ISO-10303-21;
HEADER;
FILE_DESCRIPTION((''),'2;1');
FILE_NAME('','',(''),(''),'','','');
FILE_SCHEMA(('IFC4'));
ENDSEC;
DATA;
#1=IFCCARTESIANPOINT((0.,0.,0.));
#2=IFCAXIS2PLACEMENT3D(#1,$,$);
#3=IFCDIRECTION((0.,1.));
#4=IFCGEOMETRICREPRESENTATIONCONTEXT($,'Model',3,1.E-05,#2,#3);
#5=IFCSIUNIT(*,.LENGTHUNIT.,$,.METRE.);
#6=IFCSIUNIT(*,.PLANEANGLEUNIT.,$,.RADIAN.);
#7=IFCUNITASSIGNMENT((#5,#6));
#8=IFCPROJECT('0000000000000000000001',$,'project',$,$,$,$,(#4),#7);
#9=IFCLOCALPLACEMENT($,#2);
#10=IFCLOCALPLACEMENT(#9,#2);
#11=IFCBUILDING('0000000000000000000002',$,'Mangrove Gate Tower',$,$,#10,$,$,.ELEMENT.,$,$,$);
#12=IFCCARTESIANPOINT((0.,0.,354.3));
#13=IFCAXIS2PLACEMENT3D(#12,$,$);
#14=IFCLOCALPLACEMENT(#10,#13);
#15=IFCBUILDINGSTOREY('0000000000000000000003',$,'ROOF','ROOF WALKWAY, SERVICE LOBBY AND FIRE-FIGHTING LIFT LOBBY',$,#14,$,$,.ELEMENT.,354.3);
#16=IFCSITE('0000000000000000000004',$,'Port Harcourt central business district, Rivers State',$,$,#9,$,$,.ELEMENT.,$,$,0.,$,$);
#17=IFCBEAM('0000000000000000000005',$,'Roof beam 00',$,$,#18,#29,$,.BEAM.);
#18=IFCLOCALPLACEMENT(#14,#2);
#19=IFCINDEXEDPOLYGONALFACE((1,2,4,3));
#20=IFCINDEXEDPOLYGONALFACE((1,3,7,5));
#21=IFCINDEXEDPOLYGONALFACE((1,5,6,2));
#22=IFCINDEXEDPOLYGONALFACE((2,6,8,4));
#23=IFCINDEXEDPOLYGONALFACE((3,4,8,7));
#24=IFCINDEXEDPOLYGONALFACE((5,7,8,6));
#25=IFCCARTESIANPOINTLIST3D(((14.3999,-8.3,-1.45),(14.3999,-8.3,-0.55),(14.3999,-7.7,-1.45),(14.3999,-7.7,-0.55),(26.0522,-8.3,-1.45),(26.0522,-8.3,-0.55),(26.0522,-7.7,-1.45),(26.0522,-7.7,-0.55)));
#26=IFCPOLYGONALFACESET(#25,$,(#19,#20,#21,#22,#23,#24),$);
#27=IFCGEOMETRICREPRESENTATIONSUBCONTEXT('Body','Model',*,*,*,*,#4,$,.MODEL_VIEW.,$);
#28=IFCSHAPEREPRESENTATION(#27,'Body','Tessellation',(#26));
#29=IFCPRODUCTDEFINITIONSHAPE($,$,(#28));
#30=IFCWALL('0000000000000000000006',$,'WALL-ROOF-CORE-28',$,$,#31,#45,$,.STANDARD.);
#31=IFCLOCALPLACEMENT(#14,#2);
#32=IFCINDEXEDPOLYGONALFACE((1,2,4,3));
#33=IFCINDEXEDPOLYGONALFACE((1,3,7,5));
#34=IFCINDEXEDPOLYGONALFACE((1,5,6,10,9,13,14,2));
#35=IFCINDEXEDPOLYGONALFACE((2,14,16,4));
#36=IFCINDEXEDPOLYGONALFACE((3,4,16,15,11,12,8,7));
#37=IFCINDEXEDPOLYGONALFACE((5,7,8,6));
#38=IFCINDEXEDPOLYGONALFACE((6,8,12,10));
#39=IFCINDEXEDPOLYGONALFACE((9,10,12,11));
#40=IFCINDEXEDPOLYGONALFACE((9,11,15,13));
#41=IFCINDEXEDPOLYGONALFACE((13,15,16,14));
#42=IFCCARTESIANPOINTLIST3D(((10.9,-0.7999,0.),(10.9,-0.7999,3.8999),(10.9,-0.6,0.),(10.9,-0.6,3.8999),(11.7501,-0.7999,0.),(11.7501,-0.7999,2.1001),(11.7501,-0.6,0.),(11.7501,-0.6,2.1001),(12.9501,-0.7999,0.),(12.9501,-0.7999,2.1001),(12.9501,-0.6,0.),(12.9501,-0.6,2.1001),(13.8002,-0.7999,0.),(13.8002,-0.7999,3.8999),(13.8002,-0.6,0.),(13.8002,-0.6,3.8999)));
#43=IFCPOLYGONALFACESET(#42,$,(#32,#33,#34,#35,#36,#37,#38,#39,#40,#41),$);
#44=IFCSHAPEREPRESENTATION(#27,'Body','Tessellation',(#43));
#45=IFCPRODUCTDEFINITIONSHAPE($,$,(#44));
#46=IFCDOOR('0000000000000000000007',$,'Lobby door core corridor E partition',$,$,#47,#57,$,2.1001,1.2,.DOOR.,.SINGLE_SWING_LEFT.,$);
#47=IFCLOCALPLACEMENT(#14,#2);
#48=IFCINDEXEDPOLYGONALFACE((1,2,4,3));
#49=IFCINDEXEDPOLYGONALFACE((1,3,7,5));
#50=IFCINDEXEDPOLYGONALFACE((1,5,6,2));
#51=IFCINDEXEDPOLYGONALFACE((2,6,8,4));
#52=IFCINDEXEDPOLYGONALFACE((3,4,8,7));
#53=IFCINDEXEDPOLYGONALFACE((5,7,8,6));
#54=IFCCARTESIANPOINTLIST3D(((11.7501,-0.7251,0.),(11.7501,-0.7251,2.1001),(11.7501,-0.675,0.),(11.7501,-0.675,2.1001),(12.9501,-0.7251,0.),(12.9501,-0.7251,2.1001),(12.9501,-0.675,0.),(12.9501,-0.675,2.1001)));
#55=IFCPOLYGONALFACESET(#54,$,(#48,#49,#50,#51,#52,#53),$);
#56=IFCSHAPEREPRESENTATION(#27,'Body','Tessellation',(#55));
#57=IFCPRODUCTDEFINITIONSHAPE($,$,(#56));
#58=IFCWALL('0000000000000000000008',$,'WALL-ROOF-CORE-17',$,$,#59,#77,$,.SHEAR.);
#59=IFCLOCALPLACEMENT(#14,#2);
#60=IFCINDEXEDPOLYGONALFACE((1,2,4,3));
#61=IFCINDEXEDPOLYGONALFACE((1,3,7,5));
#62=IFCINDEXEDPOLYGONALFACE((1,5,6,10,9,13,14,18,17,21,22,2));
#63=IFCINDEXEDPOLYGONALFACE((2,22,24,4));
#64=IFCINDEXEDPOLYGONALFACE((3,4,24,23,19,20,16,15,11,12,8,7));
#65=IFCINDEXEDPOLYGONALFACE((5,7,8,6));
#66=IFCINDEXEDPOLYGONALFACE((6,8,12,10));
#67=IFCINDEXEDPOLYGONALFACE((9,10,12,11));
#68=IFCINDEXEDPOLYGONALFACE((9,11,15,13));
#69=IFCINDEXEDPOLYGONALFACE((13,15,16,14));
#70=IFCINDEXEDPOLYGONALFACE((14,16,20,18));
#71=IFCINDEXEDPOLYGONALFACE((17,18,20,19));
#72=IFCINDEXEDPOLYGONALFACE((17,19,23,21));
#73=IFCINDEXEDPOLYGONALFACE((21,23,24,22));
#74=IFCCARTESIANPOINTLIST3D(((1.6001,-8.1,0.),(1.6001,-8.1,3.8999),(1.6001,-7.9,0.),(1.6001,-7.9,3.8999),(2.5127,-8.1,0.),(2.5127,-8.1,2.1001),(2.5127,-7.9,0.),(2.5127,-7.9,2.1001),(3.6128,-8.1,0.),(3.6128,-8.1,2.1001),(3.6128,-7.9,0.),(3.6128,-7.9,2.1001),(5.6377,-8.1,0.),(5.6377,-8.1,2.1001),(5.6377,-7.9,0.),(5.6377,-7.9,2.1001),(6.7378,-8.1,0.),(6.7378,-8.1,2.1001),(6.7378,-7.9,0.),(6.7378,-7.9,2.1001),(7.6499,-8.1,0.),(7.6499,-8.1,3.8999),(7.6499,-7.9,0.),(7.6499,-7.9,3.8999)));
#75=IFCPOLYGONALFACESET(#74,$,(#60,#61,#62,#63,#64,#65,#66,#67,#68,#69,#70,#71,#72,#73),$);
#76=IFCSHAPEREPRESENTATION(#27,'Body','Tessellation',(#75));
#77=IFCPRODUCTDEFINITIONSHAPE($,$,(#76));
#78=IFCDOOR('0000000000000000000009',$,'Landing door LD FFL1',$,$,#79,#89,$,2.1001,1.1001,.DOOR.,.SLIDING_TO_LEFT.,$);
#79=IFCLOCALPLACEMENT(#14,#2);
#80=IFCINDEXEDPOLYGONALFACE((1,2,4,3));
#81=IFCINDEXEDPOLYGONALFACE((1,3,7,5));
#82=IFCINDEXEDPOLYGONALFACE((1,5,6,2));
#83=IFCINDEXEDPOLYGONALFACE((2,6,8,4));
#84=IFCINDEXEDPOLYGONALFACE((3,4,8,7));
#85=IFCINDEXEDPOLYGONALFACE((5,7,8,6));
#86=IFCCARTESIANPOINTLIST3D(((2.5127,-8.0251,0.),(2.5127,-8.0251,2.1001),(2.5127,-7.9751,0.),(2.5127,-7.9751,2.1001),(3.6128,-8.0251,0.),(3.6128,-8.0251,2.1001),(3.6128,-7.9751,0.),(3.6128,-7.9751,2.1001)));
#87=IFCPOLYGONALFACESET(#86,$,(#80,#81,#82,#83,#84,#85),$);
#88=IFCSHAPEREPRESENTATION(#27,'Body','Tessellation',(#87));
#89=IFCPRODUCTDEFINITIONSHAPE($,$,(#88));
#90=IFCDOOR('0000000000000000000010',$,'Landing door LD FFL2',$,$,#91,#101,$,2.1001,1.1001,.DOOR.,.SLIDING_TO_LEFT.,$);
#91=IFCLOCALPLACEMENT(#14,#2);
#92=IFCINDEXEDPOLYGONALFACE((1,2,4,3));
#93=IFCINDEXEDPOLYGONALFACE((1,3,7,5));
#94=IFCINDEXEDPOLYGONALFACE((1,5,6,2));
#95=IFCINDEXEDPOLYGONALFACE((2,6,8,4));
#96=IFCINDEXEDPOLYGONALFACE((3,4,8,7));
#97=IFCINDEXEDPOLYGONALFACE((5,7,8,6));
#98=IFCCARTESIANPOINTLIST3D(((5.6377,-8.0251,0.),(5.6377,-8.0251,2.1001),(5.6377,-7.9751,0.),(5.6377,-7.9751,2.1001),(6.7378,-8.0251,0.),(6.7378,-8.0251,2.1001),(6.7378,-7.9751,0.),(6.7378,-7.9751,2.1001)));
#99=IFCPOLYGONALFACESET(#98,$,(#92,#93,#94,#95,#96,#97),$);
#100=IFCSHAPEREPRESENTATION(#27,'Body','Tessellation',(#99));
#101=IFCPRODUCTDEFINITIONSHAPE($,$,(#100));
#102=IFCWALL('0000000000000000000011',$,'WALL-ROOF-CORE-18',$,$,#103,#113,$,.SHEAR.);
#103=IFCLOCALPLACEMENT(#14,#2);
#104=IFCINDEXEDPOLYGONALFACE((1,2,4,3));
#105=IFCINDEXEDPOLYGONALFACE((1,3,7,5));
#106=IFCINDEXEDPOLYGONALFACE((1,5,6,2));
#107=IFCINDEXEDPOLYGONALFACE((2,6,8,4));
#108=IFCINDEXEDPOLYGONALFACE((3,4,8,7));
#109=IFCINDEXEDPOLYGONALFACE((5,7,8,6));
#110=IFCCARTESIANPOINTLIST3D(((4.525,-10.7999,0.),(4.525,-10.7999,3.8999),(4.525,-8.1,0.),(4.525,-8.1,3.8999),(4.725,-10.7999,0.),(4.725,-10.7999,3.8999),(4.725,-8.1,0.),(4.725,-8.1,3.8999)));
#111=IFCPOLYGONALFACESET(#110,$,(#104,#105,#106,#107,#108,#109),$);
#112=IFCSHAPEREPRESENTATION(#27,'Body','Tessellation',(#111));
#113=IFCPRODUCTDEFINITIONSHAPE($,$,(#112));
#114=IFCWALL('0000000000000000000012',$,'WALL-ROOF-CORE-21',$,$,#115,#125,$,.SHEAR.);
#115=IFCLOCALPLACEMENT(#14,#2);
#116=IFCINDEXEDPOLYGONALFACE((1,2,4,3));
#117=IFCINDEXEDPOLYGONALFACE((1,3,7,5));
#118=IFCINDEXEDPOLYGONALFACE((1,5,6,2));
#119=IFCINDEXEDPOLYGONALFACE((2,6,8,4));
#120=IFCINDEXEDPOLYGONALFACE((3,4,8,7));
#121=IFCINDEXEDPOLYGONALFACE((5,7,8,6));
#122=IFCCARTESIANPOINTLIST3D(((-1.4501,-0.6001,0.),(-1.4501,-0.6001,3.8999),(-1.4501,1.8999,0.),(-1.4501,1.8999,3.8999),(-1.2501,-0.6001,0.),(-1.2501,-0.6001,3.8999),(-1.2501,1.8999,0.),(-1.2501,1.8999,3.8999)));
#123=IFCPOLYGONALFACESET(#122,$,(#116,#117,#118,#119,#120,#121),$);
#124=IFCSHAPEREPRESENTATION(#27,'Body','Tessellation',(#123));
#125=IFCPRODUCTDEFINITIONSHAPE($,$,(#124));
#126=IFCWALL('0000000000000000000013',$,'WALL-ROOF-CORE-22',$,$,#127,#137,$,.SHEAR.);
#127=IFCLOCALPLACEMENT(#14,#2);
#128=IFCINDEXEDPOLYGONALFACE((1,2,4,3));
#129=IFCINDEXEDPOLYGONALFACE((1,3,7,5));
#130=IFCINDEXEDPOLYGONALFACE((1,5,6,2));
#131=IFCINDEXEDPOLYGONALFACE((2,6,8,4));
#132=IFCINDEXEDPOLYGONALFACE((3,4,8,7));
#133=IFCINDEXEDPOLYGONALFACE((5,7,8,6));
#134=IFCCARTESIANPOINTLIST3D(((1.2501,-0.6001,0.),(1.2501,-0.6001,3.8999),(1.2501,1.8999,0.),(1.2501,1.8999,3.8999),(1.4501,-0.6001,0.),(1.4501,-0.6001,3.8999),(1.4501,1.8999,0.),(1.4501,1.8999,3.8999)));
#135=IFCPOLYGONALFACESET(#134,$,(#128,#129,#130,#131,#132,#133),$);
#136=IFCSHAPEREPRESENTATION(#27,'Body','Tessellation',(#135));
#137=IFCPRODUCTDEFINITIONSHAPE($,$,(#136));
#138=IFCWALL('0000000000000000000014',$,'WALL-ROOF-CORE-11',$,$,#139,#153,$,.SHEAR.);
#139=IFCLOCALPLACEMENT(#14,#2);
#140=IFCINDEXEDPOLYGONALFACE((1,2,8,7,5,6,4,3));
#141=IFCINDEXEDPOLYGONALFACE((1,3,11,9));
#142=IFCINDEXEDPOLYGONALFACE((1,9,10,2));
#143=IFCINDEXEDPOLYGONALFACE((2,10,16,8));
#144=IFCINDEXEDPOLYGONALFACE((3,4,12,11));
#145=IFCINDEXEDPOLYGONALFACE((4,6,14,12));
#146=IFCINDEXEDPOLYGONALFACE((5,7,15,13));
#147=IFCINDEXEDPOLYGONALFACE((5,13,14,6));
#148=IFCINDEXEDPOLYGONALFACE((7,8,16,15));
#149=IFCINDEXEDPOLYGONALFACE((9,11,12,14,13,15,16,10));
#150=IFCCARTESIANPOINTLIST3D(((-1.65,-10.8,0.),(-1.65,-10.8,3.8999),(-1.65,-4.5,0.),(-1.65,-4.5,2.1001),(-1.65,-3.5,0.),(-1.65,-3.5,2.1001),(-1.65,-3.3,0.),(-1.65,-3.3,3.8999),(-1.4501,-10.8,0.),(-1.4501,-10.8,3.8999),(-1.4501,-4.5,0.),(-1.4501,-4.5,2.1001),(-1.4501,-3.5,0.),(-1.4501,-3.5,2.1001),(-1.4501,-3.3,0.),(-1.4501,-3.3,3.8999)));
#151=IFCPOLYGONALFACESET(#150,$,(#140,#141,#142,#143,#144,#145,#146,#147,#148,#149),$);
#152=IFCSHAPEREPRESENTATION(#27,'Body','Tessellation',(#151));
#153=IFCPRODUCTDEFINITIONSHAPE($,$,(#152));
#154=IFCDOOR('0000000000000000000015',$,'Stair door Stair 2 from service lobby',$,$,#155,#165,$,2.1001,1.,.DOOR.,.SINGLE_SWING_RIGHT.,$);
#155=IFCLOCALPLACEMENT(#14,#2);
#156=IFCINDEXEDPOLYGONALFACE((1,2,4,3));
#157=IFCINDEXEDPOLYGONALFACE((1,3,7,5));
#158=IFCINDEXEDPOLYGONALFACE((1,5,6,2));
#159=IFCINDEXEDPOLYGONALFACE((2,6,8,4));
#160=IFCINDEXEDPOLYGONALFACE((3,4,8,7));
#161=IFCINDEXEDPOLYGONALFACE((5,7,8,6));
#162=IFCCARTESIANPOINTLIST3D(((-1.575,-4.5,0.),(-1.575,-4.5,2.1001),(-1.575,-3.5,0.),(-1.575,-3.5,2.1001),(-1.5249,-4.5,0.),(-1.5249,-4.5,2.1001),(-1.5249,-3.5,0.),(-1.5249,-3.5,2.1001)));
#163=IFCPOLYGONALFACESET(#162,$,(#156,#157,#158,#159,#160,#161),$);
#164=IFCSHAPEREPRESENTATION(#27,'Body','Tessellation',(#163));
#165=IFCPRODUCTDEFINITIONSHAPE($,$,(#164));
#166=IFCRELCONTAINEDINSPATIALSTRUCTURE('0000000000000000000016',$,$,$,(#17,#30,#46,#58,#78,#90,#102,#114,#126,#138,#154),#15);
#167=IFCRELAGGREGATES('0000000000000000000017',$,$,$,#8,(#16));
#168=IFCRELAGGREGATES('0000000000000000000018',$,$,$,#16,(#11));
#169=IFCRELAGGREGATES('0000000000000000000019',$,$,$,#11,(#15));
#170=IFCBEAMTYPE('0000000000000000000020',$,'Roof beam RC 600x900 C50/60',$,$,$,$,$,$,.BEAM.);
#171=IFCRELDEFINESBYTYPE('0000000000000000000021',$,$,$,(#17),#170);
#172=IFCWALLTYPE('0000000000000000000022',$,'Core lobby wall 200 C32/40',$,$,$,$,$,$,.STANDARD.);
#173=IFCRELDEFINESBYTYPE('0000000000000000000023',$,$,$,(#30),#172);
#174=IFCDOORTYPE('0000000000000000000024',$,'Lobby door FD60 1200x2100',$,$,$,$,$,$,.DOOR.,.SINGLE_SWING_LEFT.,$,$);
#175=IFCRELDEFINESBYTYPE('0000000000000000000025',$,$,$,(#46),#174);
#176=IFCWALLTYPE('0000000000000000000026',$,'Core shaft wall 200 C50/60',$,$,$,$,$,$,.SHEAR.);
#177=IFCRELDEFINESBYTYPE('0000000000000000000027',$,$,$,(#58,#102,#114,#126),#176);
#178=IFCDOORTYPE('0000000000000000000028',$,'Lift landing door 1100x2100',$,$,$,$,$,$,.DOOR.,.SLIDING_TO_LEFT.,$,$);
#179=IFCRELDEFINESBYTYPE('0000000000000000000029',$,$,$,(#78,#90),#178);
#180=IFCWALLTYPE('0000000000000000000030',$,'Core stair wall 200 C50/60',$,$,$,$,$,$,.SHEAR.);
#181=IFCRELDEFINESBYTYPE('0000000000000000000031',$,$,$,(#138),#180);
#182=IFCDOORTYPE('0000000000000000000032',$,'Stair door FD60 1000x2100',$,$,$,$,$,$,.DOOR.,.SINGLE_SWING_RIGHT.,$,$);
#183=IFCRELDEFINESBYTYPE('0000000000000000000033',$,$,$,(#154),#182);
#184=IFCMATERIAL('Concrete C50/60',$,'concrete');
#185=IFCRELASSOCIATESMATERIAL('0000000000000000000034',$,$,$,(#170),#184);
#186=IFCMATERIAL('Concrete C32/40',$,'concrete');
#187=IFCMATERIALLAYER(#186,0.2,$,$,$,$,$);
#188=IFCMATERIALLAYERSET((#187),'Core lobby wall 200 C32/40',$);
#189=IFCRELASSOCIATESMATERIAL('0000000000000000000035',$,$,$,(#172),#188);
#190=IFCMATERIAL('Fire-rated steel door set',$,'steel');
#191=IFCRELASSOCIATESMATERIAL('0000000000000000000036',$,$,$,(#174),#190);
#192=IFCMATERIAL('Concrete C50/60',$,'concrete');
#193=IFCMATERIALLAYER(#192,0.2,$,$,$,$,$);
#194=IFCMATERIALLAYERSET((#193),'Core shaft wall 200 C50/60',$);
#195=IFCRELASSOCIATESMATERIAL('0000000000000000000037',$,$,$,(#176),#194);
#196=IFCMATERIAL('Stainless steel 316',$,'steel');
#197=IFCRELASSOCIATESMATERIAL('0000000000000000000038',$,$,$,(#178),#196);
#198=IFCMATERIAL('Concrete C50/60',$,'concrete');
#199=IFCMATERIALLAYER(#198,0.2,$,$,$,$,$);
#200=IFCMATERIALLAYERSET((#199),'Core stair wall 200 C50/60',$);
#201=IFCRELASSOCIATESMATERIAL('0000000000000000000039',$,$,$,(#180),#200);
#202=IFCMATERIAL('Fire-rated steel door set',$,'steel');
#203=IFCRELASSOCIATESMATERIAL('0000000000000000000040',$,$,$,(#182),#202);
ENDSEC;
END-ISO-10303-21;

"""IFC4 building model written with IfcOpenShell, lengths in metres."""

from ifc_helpers import new_model, si_unit, direction, frame, frame_2d, origin, origin_2d, place, context, subcontext, project, spatial, rectangle, extrude, material, layer, layer_set, material_profile, profile_set, type_object, element, fill, save


model = new_model("IFC4")

# Units and contexts
model_context = context("Model", 3, precision=1e-05, world=origin(), true_north=direction((0.0, 1.0)))
body_context = subcontext(model_context, "Body", "Model", "MODEL_VIEW")
ifc_project = project(units=[si_unit("LENGTHUNIT", "METRE"), si_unit("PLANEANGLEUNIT", "RADIAN")], contexts=[model_context])

# Site, building, storey
site_placement = place(None, origin())
site = spatial("IfcSite", under=ifc_project, at=site_placement, Name="Port Harcourt central business district, Rivers State", CompositionType="ELEMENT", RefElevation=0.0)
building_placement = place(site_placement, origin())
building = spatial("IfcBuilding", under=site, at=building_placement, Name="Mangrove Gate Tower", CompositionType="ELEMENT")
storey_placement = place(building_placement, frame((0.0, 0.0, 354.3)))
storey = spatial("IfcBuildingStorey", under=building, at=storey_placement, Name="ROOF", Description="ROOF WALKWAY, SERVICE LOBBY AND FIRE-FIGHTING LIFT LOBBY", CompositionType="ELEMENT", Elevation=354.3)

# Beam
ifc_material_1 = material(Name="Concrete C50/60", Category="concrete")
ifc_material_profile = material_profile(ifc_material_1, rectangle(XDim=0.6001, YDim=0.8999, at=origin_2d()))
ifc_profile_set = profile_set([ifc_material_profile], Name="Concrete C50/60")
beam_type = type_object("IfcBeamType", Name="Roof beam RC 600x900 C50/60", PredefinedType="BEAM", material=ifc_profile_set)
beam_placement = place(storey_placement, frame((14.3999, -8.0, -1.0), z_axis=(1.0, 0.0, 0.0), x_axis=(0.0, 1.0, 0.0)))
element("IfcBeam", 1, at=beam_placement, inside=storey, type_object=beam_type, Name="Roof beam 00", PredefinedType="BEAM", context=body_context, shape_type="SweptSolid", body=[
    extrude(rectangle(XDim=0.6001, YDim=0.8999, at=origin_2d()), origin(), (0.0, 0.0, 1.0), 11.6523),
])

# Wall, opening, door
ifc_material_2 = material(Name="Concrete C32/40", Category="concrete")
ifc_layer_1 = layer(ifc_material_2, 0.2)
ifc_layer_set_1 = layer_set([ifc_layer_1], Name="Core lobby wall 200 C32/40")
wall_type_1 = type_object("IfcWallType", Name="Core lobby wall 200 C32/40", PredefinedType="STANDARD", material=ifc_layer_set_1)
wall_1_placement = place(storey_placement, frame((10.8999, -0.7, 0.0), z_axis=(0.0, 0.0, 1.0), x_axis=(1.0, 0.0, 0.0)))
wall_1 = element("IfcWall", 2, at=wall_1_placement, inside=storey, type_object=wall_type_1, Name="WALL-ROOF-CORE-28", PredefinedType="STANDARD", context=body_context, shape_type="SweptSolid", body=[
    extrude(rectangle(XDim=2.9001, YDim=0.2, at=frame_2d((1.4502, 0.0))), origin(), (0.0, 0.0, 1.0), 3.8999),
])
opening_1_placement = place(wall_1_placement, frame((0.8501, 0.0, 0.0)))
opening_1 = element("IfcOpeningElement", 3, at=opening_1_placement, cuts=wall_1, PredefinedType="OPENING", context=body_context, shape_type="SweptSolid", body=[
    extrude(rectangle(XDim=1.2, YDim=2.1001, at=frame_2d((0.6001, 1.05))), frame((0.0, 0.1099, 0.0), z_axis=(0.0, -1.0, 0.0), x_axis=(1.0, 0.0, 0.0)), (0.0, 0.0, 1.0), 0.22),
])
ifc_material_3 = material(Name="Fire-rated steel door set", Category="steel")
door_type_1 = type_object("IfcDoorType", Name="Lobby door FD60 1200x2100", OperationType="SINGLE_SWING_LEFT", PredefinedType="DOOR", material=ifc_material_3)
door_1_placement = place(opening_1_placement, origin())
door_1 = element("IfcDoor", 4, at=door_1_placement, inside=storey, type_object=door_type_1, Name="Lobby door core corridor E partition", OperationType="SINGLE_SWING_LEFT", OverallHeight=2.1001, OverallWidth=1.2, PredefinedType="DOOR", context=body_context, shape_type="SweptSolid", body=[
    extrude(rectangle(XDim=1.2, YDim=2.1001, at=frame_2d((0.6001, 1.05))), frame((0.0, 0.0249, 0.0), z_axis=(0.0, -1.0, 0.0), x_axis=(1.0, 0.0, 0.0)), (0.0, 0.0, 1.0), 0.05),
])
fill(opening_1, door_1)

# Wall, openings, doors
ifc_material_4 = material(Name="Concrete C50/60", Category="concrete")
ifc_layer_2 = layer(ifc_material_4, 0.2)
ifc_layer_set_2 = layer_set([ifc_layer_2], Name="Core shaft wall 200 C50/60")
wall_type_2 = type_object("IfcWallType", Name="Core shaft wall 200 C50/60", PredefinedType="SHEAR", material=ifc_layer_set_2)
wall_2_placement = place(storey_placement, frame((1.6001, -8.0, 0.0), z_axis=(0.0, 0.0, 1.0), x_axis=(1.0, 0.0, 0.0)))
wall_2 = element("IfcWall", 5, at=wall_2_placement, inside=storey, type_object=wall_type_2, Name="WALL-ROOF-CORE-17", PredefinedType="SHEAR", context=body_context, shape_type="SweptSolid", body=[
    extrude(rectangle(XDim=6.0498, YDim=0.2, at=frame_2d((3.0249, 0.0))), origin(), (0.0, 0.0, 1.0), 3.8999),
])
opening_2_placement = place(wall_2_placement, frame((0.9126, 0.0, 0.0)))
opening_2 = element("IfcOpeningElement", 6, at=opening_2_placement, cuts=wall_2, PredefinedType="OPENING", context=body_context, shape_type="SweptSolid", body=[
    extrude(rectangle(XDim=1.1001, YDim=2.1001, at=frame_2d((0.55, 1.05))), frame((0.0, 0.1099, 0.0), z_axis=(0.0, -1.0, 0.0), x_axis=(1.0, 0.0, 0.0)), (0.0, 0.0, 1.0), 0.22),
])
opening_3_placement = place(wall_2_placement, frame((4.0376, 0.0, 0.0)))
opening_3 = element("IfcOpeningElement", 7, at=opening_3_placement, cuts=wall_2, PredefinedType="OPENING", context=body_context, shape_type="SweptSolid", body=[
    extrude(rectangle(XDim=1.1001, YDim=2.1001, at=frame_2d((0.55, 1.05))), frame((0.0, 0.1099, 0.0), z_axis=(0.0, -1.0, 0.0), x_axis=(1.0, 0.0, 0.0)), (0.0, 0.0, 1.0), 0.22),
])
ifc_material_5 = material(Name="Stainless steel 316", Category="steel")
door_type_2 = type_object("IfcDoorType", Name="Lift landing door 1100x2100", OperationType="SLIDING_TO_LEFT", PredefinedType="DOOR", material=ifc_material_5)
door_2_placement = place(opening_2_placement, origin())
door_2 = element("IfcDoor", 8, at=door_2_placement, inside=storey, type_object=door_type_2, Name="Landing door LD FFL1", OperationType="SLIDING_TO_LEFT", OverallHeight=2.1001, OverallWidth=1.1001, PredefinedType="DOOR", context=body_context, shape_type="SweptSolid", body=[
    extrude(rectangle(XDim=1.1001, YDim=2.1001, at=frame_2d((0.55, 1.05))), frame((0.0, 0.0249, 0.0), z_axis=(0.0, -1.0, 0.0), x_axis=(1.0, 0.0, 0.0)), (0.0, 0.0, 1.0), 0.05),
])
fill(opening_2, door_2)
door_3_placement = place(opening_3_placement, origin())
door_3 = element("IfcDoor", 9, at=door_3_placement, inside=storey, type_object=door_type_2, Name="Landing door LD FFL2", OperationType="SLIDING_TO_LEFT", OverallHeight=2.1001, OverallWidth=1.1001, PredefinedType="DOOR", context=body_context, shape_type="SweptSolid", body=[
    extrude(rectangle(XDim=1.1001, YDim=2.1001, at=frame_2d((0.55, 1.05))), frame((0.0, 0.0249, 0.0), z_axis=(0.0, -1.0, 0.0), x_axis=(1.0, 0.0, 0.0)), (0.0, 0.0, 1.0), 0.05),
])
fill(opening_3, door_3)

# Walls
wall_3_placement = place(storey_placement, frame((4.625, -10.8, 0.0), z_axis=(0.0, 0.0, 1.0), x_axis=(0.0, 1.0, 0.0)))
element("IfcWall", 10, at=wall_3_placement, inside=storey, type_object=wall_type_2, Name="WALL-ROOF-CORE-18", PredefinedType="SHEAR", context=body_context, shape_type="SweptSolid", body=[
    extrude(rectangle(XDim=2.7, YDim=0.2, at=frame_2d((1.3501, 0.0))), origin(), (0.0, 0.0, 1.0), 3.8999),
])
for number, where, z_axis, x_axis, name in (
    (11, (-1.3501, -0.6001, 0.0), (0.0, 0.0, 1.0), (0.0, 1.0, 0.0), "WALL-ROOF-CORE-21"),
    (12, (1.3501, -0.6001, 0.0), (0.0, 0.0, 1.0), (0.0, 1.0, 0.0), "WALL-ROOF-CORE-22"),
):
    element("IfcWall", number, at=place(storey_placement, frame(where, z_axis=z_axis, x_axis=x_axis)), inside=storey, type_object=wall_type_2, Name=name, PredefinedType="SHEAR", context=body_context, shape_type="SweptSolid", body=[
        extrude(rectangle(XDim=2.5, YDim=0.2, at=frame_2d((1.25, 0.0))), origin(), (0.0, 0.0, 1.0), 3.8999),
    ])

# Wall, opening, door
ifc_material_6 = material(Name="Concrete C50/60", Category="concrete")
ifc_layer_3 = layer(ifc_material_6, 0.2)
ifc_layer_set_3 = layer_set([ifc_layer_3], Name="Core stair wall 200 C50/60")
wall_type_3 = type_object("IfcWallType", Name="Core stair wall 200 C50/60", PredefinedType="SHEAR", material=ifc_layer_set_3)
wall_4_placement = place(storey_placement, frame((-1.55, -10.8, 0.0), z_axis=(0.0, 0.0, 1.0), x_axis=(0.0, 1.0, 0.0)))
wall_4 = element("IfcWall", 13, at=wall_4_placement, inside=storey, type_object=wall_type_3, Name="WALL-ROOF-CORE-11", PredefinedType="SHEAR", context=body_context, shape_type="SweptSolid", body=[
    extrude(rectangle(XDim=7.5, YDim=0.2, at=frame_2d((3.75, 0.0))), origin(), (0.0, 0.0, 1.0), 3.8999),
])
opening_4_placement = place(wall_4_placement, frame((6.3, 0.0, 0.0)))
opening_4 = element("IfcOpeningElement", 14, at=opening_4_placement, cuts=wall_4, PredefinedType="OPENING", context=body_context, shape_type="SweptSolid", body=[
    extrude(rectangle(XDim=1.0, YDim=2.1001, at=frame_2d((0.5, 1.05))), frame((0.0, 0.1099, 0.0), z_axis=(0.0, -1.0, 0.0), x_axis=(1.0, 0.0, 0.0)), (0.0, 0.0, 1.0), 0.22),
])
ifc_material_7 = material(Name="Fire-rated steel door set", Category="steel")
door_type_3 = type_object("IfcDoorType", Name="Stair door FD60 1000x2100", OperationType="SINGLE_SWING_RIGHT", PredefinedType="DOOR", material=ifc_material_7)
door_4_placement = place(opening_4_placement, origin())
door_4 = element("IfcDoor", 15, at=door_4_placement, inside=storey, type_object=door_type_3, Name="Stair door Stair 2 from service lobby", OperationType="SINGLE_SWING_RIGHT", OverallHeight=2.1001, OverallWidth=1.0, PredefinedType="DOOR", context=body_context, shape_type="SweptSolid", body=[
    extrude(rectangle(XDim=1.0, YDim=2.1001, at=frame_2d((0.5, 1.05))), frame((0.0, 0.0249, 0.0), z_axis=(0.0, -1.0, 0.0), x_axis=(1.0, 0.0, 0.0)), (0.0, 0.0, 1.0), 0.05),
])
fill(opening_4, door_4)

save(model, "model.ifc")
